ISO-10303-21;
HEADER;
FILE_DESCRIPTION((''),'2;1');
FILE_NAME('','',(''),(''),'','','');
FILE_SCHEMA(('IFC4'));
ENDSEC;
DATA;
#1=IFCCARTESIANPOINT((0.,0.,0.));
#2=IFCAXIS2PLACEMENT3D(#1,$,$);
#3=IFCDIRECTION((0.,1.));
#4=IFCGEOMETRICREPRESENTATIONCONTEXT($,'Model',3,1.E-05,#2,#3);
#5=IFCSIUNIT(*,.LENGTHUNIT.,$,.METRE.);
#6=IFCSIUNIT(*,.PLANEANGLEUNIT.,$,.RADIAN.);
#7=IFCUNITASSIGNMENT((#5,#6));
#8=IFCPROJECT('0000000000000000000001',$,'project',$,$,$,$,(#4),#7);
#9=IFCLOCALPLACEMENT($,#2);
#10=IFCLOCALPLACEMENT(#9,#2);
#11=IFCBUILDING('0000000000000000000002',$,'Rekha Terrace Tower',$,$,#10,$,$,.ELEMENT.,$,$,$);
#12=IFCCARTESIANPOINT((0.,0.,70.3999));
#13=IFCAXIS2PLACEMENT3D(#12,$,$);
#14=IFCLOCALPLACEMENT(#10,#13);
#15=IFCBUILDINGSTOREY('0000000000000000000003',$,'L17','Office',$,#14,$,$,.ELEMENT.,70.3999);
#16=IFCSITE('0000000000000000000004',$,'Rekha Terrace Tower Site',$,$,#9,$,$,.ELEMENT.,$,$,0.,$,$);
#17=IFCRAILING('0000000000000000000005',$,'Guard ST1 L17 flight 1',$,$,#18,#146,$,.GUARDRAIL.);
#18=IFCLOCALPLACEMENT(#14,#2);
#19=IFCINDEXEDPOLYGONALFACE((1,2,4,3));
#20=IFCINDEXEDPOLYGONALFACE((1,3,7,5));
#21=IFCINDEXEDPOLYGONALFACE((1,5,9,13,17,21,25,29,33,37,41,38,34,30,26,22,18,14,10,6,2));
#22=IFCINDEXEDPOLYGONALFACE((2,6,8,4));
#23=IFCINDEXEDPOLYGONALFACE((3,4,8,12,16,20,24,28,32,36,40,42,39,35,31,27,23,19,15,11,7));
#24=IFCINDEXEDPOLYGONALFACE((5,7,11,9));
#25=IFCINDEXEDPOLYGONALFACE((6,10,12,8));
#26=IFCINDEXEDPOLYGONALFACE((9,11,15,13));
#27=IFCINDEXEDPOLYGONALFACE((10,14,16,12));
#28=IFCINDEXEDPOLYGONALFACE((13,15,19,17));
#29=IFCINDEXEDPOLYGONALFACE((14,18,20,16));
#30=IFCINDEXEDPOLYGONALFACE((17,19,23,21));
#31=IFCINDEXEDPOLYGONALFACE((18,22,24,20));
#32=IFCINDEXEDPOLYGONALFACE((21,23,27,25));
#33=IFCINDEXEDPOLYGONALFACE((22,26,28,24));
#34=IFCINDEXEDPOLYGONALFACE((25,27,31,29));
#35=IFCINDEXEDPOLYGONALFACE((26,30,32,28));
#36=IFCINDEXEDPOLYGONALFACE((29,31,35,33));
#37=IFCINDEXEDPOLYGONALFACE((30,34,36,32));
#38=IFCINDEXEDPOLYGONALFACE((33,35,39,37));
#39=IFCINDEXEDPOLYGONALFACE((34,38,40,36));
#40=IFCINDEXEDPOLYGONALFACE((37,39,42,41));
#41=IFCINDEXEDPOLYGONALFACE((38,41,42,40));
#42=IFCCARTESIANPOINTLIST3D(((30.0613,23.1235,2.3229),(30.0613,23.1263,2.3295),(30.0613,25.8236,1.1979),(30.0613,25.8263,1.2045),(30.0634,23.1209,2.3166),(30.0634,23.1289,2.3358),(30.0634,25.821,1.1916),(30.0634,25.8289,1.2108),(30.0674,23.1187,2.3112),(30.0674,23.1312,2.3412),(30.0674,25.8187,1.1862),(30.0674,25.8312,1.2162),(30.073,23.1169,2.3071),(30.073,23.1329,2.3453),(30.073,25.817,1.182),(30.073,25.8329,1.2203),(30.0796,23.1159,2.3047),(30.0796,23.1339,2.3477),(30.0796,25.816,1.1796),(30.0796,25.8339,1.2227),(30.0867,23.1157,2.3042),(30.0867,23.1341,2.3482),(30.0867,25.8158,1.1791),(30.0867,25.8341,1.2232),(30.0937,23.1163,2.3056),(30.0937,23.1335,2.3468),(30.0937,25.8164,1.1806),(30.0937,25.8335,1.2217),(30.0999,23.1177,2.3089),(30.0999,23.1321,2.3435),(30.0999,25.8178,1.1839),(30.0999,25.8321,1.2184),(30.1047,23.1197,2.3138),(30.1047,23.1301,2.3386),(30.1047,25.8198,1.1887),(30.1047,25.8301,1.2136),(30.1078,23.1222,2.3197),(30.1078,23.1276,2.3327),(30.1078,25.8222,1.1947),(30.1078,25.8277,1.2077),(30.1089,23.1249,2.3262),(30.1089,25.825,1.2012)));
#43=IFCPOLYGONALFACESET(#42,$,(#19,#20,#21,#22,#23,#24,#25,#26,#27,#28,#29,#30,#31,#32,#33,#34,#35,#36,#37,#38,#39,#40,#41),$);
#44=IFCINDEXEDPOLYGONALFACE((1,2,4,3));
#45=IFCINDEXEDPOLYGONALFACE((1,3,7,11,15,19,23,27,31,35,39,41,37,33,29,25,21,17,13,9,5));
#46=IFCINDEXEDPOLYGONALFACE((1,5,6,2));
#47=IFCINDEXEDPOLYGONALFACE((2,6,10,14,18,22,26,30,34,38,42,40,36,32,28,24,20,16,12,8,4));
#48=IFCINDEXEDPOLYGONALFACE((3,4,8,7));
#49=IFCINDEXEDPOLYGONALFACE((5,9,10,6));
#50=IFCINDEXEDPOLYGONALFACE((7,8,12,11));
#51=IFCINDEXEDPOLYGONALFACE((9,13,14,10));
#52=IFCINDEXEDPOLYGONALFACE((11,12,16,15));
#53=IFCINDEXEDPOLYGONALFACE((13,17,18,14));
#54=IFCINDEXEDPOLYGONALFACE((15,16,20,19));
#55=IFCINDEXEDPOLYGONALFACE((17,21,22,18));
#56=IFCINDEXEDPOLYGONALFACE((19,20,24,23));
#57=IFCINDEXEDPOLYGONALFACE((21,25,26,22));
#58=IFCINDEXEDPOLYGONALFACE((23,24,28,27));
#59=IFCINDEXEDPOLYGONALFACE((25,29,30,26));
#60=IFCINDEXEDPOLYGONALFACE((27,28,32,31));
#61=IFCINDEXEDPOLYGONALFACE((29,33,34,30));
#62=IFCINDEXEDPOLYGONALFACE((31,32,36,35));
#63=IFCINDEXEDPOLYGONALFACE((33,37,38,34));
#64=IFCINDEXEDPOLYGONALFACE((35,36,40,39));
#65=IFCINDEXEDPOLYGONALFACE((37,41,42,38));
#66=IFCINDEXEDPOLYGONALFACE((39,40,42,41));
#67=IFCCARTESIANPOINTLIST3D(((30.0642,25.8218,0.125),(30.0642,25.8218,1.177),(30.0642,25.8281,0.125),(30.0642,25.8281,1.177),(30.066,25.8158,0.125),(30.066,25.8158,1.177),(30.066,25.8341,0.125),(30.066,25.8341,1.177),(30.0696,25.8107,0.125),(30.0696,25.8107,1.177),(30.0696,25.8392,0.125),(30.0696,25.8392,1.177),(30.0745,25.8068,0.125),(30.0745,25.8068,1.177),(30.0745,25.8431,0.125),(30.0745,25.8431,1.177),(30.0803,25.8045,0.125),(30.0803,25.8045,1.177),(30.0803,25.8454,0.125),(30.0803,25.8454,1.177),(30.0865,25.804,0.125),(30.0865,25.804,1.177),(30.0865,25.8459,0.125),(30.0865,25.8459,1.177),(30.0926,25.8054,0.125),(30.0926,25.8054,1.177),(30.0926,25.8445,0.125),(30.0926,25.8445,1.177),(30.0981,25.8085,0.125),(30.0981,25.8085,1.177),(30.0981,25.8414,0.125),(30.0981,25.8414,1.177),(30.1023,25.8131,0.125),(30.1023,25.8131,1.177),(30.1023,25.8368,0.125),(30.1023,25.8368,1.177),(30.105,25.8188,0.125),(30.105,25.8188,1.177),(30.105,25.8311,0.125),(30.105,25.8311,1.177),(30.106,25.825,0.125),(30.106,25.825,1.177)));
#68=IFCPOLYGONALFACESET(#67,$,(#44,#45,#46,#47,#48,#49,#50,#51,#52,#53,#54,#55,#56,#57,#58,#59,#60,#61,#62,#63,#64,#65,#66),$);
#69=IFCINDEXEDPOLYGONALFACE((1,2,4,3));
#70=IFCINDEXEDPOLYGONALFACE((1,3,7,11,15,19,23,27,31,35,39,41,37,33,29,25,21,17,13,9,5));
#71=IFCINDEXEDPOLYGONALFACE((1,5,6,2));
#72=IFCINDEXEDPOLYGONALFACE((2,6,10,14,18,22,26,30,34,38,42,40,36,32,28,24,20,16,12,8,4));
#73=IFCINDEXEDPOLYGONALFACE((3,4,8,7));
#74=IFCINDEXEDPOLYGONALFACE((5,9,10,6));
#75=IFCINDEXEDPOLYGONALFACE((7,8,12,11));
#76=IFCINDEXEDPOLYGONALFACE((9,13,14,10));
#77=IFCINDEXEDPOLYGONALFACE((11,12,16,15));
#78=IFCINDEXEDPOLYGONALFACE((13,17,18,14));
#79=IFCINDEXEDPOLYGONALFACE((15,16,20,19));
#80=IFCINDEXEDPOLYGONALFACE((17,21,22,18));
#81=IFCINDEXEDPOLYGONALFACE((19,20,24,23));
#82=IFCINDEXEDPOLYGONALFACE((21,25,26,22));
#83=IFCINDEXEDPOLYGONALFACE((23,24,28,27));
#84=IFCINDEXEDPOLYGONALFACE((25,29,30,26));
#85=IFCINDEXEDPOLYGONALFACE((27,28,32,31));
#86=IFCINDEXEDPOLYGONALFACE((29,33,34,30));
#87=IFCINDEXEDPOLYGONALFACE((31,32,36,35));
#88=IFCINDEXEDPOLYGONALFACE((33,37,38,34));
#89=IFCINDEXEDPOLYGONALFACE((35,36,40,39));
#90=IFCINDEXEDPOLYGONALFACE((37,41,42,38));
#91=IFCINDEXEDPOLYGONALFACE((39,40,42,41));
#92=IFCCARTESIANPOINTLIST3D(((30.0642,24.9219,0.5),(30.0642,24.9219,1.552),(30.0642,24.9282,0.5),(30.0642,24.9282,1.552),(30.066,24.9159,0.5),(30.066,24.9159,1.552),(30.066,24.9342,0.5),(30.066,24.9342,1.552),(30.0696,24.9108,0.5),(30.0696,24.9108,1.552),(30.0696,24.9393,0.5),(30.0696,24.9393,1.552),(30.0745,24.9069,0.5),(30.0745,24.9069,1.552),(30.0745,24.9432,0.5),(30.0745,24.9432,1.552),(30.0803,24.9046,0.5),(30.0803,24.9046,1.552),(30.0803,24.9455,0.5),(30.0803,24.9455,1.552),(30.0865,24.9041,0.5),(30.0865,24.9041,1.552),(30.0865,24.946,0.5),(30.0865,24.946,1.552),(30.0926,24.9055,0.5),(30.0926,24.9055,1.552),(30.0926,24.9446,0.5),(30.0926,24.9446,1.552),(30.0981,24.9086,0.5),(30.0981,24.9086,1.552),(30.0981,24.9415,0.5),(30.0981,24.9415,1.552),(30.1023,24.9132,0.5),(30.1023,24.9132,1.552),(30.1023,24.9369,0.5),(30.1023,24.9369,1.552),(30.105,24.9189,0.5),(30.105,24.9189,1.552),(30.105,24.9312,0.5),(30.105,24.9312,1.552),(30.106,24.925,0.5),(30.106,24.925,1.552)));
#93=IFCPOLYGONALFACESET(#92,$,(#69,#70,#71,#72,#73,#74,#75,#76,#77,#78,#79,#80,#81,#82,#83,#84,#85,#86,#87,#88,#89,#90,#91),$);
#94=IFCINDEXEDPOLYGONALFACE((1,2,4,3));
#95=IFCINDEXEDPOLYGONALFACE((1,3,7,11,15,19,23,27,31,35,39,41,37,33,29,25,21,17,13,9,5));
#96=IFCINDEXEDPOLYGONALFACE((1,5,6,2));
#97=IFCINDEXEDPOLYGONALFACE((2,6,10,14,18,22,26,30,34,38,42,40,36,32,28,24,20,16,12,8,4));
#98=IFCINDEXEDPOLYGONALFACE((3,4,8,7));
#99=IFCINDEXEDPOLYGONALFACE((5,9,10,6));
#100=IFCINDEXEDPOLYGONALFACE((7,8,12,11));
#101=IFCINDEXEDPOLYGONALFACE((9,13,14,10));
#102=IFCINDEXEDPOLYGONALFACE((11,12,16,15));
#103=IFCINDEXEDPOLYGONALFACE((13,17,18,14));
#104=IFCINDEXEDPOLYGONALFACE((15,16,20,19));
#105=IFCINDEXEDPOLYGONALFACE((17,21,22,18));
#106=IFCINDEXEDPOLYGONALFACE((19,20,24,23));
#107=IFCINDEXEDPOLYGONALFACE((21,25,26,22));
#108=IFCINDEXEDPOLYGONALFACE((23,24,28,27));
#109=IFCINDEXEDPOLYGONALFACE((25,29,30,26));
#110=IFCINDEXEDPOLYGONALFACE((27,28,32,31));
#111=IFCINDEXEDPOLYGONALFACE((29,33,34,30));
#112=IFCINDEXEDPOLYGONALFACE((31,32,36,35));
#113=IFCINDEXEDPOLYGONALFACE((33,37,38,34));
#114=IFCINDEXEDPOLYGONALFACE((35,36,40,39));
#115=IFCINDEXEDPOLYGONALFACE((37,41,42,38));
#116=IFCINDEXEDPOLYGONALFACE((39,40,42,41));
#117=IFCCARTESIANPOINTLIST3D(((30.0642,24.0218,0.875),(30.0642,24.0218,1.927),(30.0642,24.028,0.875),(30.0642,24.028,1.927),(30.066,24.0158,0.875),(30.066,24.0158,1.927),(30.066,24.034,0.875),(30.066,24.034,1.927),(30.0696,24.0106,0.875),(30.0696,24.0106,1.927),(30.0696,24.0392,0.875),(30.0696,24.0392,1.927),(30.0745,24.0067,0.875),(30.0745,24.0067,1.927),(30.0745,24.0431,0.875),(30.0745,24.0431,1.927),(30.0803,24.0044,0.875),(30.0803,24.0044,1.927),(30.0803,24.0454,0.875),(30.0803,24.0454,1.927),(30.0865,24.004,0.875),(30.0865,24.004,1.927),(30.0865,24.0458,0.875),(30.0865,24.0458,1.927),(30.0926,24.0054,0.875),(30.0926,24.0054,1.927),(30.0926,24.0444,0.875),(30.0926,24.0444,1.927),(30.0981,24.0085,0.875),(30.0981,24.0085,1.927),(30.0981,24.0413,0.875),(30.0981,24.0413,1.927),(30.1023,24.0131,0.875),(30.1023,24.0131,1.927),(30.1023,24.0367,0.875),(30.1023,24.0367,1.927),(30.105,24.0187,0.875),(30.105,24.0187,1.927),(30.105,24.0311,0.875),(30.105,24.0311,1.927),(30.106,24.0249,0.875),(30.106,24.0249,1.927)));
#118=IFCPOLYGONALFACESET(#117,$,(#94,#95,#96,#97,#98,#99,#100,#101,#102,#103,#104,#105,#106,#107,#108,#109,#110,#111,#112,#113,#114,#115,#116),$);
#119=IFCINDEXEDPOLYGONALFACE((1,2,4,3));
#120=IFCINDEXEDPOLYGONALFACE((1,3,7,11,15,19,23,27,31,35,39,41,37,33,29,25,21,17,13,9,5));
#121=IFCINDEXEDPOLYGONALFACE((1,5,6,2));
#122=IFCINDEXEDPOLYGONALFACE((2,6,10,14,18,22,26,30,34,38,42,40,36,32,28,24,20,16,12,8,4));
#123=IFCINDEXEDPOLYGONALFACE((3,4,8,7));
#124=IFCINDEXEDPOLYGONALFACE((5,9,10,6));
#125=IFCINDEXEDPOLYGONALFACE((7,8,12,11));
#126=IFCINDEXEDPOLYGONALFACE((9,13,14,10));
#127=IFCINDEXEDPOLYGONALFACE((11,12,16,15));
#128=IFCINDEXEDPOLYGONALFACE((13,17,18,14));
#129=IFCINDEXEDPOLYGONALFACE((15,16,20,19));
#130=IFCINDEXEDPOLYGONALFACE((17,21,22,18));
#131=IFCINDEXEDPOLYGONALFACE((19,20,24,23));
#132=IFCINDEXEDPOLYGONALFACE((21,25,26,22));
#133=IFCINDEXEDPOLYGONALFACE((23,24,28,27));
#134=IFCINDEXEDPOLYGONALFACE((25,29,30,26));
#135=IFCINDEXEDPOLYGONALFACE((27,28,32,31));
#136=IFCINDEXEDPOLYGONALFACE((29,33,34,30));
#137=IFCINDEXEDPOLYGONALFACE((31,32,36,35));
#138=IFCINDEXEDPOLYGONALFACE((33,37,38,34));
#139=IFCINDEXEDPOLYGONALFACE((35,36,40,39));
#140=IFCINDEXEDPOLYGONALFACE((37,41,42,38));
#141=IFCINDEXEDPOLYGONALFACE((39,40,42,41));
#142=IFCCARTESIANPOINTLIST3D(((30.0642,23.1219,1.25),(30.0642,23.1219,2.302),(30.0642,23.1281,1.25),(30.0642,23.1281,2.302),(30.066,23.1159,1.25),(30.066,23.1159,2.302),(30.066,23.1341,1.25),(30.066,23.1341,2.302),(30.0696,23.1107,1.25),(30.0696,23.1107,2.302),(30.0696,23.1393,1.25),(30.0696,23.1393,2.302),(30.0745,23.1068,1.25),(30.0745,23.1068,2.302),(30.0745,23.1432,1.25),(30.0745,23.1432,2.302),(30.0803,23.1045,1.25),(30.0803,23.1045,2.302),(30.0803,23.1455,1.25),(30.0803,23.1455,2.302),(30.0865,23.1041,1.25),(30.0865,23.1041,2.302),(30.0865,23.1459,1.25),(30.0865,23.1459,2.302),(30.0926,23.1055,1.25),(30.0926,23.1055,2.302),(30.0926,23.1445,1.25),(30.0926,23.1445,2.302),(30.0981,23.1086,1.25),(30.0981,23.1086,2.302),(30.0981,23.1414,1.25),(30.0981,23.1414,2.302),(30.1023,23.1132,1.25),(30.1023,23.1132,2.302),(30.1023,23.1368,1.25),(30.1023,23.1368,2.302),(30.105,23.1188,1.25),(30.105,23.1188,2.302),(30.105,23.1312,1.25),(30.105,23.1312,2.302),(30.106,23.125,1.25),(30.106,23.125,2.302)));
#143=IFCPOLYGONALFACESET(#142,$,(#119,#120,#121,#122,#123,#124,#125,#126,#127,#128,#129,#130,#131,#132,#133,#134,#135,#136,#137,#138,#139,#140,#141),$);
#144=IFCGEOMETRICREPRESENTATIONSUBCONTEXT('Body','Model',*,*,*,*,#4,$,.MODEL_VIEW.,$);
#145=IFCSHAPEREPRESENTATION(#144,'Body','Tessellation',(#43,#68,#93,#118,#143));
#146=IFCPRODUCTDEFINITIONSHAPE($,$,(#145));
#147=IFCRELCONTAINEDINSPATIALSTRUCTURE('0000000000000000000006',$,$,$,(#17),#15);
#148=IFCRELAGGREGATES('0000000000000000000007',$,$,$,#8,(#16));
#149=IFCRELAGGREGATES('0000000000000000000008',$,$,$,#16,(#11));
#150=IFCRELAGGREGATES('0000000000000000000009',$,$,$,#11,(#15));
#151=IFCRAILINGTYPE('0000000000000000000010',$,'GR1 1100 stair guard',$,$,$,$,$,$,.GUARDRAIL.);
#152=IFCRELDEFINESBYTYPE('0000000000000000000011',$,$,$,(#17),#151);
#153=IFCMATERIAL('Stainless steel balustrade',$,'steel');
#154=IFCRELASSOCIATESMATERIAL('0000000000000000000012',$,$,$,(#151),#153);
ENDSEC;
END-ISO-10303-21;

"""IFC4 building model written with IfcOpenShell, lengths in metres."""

from ifc_helpers import new_model, si_unit, direction, frame, origin, origin_2d, place, context, subcontext, project, spatial, circle, extrude, material, type_object, element, save


model = new_model("IFC4")

# Units and contexts
model_context = context("Model", 3, precision=1e-05, world=origin(), true_north=direction((0.0, 1.0)))
body_context = subcontext(model_context, "Body", "Model", "MODEL_VIEW")
ifc_project = project(units=[si_unit("LENGTHUNIT", "METRE"), si_unit("PLANEANGLEUNIT", "RADIAN")], contexts=[model_context])

# Site, building, storey
site_placement = place(None, origin())
site = spatial("IfcSite", under=ifc_project, at=site_placement, Name="Rekha Terrace Tower Site", CompositionType="ELEMENT", RefElevation=0.0)
building_placement = place(site_placement, origin())
building = spatial("IfcBuilding", under=site, at=building_placement, Name="Rekha Terrace Tower", CompositionType="ELEMENT")
storey_placement = place(building_placement, frame((0.0, 0.0, 70.3999)))
storey = spatial("IfcBuildingStorey", under=building, at=storey_placement, Name="L17", Description="Office", CompositionType="ELEMENT", Elevation=70.3999)

# Railing
ifc_material_1 = material(Name="Stainless steel balustrade", Category="steel")
railing_type_1 = type_object("IfcRailingType", Name="GR1 1100 stair guard", PredefinedType="GUARDRAIL", material=ifc_material_1)
railing_1_placement = place(storey_placement, frame((30.085, 25.825, 0.125)))
element("IfcRailing", 1, at=railing_1_placement, inside=storey, type_object=railing_type_1, Name="Guard ST1 L17 flight 1", PredefinedType="GUARDRAIL", context=body_context, shape_type="SweptSolid", body=[
    extrude(circle(Radius=0.0239, at=origin_2d()), frame((0.0, 0.0, 1.0762), z_axis=(0.0, -0.923074, 0.384621), x_axis=(1.0, 0.0, 0.0)), (0.0, 0.0, 1.0), 2.925),
    extrude(circle(Radius=0.021, at=origin_2d()), origin(), (0.0, 0.0, 1.0), 1.052),
    extrude(circle(Radius=0.021, at=origin_2d()), frame((0.0, -0.8999, 0.375)), (0.0, 0.0, 1.0), 1.052),
    extrude(circle(Radius=0.021, at=origin_2d()), frame((0.0, -1.8, 0.75)), (0.0, 0.0, 1.0), 1.052),
    extrude(circle(Radius=0.021, at=origin_2d()), frame((0.0, -2.7, 1.125)), (0.0, 0.0, 1.0), 1.052),
])

save(model, "model.ifc")
